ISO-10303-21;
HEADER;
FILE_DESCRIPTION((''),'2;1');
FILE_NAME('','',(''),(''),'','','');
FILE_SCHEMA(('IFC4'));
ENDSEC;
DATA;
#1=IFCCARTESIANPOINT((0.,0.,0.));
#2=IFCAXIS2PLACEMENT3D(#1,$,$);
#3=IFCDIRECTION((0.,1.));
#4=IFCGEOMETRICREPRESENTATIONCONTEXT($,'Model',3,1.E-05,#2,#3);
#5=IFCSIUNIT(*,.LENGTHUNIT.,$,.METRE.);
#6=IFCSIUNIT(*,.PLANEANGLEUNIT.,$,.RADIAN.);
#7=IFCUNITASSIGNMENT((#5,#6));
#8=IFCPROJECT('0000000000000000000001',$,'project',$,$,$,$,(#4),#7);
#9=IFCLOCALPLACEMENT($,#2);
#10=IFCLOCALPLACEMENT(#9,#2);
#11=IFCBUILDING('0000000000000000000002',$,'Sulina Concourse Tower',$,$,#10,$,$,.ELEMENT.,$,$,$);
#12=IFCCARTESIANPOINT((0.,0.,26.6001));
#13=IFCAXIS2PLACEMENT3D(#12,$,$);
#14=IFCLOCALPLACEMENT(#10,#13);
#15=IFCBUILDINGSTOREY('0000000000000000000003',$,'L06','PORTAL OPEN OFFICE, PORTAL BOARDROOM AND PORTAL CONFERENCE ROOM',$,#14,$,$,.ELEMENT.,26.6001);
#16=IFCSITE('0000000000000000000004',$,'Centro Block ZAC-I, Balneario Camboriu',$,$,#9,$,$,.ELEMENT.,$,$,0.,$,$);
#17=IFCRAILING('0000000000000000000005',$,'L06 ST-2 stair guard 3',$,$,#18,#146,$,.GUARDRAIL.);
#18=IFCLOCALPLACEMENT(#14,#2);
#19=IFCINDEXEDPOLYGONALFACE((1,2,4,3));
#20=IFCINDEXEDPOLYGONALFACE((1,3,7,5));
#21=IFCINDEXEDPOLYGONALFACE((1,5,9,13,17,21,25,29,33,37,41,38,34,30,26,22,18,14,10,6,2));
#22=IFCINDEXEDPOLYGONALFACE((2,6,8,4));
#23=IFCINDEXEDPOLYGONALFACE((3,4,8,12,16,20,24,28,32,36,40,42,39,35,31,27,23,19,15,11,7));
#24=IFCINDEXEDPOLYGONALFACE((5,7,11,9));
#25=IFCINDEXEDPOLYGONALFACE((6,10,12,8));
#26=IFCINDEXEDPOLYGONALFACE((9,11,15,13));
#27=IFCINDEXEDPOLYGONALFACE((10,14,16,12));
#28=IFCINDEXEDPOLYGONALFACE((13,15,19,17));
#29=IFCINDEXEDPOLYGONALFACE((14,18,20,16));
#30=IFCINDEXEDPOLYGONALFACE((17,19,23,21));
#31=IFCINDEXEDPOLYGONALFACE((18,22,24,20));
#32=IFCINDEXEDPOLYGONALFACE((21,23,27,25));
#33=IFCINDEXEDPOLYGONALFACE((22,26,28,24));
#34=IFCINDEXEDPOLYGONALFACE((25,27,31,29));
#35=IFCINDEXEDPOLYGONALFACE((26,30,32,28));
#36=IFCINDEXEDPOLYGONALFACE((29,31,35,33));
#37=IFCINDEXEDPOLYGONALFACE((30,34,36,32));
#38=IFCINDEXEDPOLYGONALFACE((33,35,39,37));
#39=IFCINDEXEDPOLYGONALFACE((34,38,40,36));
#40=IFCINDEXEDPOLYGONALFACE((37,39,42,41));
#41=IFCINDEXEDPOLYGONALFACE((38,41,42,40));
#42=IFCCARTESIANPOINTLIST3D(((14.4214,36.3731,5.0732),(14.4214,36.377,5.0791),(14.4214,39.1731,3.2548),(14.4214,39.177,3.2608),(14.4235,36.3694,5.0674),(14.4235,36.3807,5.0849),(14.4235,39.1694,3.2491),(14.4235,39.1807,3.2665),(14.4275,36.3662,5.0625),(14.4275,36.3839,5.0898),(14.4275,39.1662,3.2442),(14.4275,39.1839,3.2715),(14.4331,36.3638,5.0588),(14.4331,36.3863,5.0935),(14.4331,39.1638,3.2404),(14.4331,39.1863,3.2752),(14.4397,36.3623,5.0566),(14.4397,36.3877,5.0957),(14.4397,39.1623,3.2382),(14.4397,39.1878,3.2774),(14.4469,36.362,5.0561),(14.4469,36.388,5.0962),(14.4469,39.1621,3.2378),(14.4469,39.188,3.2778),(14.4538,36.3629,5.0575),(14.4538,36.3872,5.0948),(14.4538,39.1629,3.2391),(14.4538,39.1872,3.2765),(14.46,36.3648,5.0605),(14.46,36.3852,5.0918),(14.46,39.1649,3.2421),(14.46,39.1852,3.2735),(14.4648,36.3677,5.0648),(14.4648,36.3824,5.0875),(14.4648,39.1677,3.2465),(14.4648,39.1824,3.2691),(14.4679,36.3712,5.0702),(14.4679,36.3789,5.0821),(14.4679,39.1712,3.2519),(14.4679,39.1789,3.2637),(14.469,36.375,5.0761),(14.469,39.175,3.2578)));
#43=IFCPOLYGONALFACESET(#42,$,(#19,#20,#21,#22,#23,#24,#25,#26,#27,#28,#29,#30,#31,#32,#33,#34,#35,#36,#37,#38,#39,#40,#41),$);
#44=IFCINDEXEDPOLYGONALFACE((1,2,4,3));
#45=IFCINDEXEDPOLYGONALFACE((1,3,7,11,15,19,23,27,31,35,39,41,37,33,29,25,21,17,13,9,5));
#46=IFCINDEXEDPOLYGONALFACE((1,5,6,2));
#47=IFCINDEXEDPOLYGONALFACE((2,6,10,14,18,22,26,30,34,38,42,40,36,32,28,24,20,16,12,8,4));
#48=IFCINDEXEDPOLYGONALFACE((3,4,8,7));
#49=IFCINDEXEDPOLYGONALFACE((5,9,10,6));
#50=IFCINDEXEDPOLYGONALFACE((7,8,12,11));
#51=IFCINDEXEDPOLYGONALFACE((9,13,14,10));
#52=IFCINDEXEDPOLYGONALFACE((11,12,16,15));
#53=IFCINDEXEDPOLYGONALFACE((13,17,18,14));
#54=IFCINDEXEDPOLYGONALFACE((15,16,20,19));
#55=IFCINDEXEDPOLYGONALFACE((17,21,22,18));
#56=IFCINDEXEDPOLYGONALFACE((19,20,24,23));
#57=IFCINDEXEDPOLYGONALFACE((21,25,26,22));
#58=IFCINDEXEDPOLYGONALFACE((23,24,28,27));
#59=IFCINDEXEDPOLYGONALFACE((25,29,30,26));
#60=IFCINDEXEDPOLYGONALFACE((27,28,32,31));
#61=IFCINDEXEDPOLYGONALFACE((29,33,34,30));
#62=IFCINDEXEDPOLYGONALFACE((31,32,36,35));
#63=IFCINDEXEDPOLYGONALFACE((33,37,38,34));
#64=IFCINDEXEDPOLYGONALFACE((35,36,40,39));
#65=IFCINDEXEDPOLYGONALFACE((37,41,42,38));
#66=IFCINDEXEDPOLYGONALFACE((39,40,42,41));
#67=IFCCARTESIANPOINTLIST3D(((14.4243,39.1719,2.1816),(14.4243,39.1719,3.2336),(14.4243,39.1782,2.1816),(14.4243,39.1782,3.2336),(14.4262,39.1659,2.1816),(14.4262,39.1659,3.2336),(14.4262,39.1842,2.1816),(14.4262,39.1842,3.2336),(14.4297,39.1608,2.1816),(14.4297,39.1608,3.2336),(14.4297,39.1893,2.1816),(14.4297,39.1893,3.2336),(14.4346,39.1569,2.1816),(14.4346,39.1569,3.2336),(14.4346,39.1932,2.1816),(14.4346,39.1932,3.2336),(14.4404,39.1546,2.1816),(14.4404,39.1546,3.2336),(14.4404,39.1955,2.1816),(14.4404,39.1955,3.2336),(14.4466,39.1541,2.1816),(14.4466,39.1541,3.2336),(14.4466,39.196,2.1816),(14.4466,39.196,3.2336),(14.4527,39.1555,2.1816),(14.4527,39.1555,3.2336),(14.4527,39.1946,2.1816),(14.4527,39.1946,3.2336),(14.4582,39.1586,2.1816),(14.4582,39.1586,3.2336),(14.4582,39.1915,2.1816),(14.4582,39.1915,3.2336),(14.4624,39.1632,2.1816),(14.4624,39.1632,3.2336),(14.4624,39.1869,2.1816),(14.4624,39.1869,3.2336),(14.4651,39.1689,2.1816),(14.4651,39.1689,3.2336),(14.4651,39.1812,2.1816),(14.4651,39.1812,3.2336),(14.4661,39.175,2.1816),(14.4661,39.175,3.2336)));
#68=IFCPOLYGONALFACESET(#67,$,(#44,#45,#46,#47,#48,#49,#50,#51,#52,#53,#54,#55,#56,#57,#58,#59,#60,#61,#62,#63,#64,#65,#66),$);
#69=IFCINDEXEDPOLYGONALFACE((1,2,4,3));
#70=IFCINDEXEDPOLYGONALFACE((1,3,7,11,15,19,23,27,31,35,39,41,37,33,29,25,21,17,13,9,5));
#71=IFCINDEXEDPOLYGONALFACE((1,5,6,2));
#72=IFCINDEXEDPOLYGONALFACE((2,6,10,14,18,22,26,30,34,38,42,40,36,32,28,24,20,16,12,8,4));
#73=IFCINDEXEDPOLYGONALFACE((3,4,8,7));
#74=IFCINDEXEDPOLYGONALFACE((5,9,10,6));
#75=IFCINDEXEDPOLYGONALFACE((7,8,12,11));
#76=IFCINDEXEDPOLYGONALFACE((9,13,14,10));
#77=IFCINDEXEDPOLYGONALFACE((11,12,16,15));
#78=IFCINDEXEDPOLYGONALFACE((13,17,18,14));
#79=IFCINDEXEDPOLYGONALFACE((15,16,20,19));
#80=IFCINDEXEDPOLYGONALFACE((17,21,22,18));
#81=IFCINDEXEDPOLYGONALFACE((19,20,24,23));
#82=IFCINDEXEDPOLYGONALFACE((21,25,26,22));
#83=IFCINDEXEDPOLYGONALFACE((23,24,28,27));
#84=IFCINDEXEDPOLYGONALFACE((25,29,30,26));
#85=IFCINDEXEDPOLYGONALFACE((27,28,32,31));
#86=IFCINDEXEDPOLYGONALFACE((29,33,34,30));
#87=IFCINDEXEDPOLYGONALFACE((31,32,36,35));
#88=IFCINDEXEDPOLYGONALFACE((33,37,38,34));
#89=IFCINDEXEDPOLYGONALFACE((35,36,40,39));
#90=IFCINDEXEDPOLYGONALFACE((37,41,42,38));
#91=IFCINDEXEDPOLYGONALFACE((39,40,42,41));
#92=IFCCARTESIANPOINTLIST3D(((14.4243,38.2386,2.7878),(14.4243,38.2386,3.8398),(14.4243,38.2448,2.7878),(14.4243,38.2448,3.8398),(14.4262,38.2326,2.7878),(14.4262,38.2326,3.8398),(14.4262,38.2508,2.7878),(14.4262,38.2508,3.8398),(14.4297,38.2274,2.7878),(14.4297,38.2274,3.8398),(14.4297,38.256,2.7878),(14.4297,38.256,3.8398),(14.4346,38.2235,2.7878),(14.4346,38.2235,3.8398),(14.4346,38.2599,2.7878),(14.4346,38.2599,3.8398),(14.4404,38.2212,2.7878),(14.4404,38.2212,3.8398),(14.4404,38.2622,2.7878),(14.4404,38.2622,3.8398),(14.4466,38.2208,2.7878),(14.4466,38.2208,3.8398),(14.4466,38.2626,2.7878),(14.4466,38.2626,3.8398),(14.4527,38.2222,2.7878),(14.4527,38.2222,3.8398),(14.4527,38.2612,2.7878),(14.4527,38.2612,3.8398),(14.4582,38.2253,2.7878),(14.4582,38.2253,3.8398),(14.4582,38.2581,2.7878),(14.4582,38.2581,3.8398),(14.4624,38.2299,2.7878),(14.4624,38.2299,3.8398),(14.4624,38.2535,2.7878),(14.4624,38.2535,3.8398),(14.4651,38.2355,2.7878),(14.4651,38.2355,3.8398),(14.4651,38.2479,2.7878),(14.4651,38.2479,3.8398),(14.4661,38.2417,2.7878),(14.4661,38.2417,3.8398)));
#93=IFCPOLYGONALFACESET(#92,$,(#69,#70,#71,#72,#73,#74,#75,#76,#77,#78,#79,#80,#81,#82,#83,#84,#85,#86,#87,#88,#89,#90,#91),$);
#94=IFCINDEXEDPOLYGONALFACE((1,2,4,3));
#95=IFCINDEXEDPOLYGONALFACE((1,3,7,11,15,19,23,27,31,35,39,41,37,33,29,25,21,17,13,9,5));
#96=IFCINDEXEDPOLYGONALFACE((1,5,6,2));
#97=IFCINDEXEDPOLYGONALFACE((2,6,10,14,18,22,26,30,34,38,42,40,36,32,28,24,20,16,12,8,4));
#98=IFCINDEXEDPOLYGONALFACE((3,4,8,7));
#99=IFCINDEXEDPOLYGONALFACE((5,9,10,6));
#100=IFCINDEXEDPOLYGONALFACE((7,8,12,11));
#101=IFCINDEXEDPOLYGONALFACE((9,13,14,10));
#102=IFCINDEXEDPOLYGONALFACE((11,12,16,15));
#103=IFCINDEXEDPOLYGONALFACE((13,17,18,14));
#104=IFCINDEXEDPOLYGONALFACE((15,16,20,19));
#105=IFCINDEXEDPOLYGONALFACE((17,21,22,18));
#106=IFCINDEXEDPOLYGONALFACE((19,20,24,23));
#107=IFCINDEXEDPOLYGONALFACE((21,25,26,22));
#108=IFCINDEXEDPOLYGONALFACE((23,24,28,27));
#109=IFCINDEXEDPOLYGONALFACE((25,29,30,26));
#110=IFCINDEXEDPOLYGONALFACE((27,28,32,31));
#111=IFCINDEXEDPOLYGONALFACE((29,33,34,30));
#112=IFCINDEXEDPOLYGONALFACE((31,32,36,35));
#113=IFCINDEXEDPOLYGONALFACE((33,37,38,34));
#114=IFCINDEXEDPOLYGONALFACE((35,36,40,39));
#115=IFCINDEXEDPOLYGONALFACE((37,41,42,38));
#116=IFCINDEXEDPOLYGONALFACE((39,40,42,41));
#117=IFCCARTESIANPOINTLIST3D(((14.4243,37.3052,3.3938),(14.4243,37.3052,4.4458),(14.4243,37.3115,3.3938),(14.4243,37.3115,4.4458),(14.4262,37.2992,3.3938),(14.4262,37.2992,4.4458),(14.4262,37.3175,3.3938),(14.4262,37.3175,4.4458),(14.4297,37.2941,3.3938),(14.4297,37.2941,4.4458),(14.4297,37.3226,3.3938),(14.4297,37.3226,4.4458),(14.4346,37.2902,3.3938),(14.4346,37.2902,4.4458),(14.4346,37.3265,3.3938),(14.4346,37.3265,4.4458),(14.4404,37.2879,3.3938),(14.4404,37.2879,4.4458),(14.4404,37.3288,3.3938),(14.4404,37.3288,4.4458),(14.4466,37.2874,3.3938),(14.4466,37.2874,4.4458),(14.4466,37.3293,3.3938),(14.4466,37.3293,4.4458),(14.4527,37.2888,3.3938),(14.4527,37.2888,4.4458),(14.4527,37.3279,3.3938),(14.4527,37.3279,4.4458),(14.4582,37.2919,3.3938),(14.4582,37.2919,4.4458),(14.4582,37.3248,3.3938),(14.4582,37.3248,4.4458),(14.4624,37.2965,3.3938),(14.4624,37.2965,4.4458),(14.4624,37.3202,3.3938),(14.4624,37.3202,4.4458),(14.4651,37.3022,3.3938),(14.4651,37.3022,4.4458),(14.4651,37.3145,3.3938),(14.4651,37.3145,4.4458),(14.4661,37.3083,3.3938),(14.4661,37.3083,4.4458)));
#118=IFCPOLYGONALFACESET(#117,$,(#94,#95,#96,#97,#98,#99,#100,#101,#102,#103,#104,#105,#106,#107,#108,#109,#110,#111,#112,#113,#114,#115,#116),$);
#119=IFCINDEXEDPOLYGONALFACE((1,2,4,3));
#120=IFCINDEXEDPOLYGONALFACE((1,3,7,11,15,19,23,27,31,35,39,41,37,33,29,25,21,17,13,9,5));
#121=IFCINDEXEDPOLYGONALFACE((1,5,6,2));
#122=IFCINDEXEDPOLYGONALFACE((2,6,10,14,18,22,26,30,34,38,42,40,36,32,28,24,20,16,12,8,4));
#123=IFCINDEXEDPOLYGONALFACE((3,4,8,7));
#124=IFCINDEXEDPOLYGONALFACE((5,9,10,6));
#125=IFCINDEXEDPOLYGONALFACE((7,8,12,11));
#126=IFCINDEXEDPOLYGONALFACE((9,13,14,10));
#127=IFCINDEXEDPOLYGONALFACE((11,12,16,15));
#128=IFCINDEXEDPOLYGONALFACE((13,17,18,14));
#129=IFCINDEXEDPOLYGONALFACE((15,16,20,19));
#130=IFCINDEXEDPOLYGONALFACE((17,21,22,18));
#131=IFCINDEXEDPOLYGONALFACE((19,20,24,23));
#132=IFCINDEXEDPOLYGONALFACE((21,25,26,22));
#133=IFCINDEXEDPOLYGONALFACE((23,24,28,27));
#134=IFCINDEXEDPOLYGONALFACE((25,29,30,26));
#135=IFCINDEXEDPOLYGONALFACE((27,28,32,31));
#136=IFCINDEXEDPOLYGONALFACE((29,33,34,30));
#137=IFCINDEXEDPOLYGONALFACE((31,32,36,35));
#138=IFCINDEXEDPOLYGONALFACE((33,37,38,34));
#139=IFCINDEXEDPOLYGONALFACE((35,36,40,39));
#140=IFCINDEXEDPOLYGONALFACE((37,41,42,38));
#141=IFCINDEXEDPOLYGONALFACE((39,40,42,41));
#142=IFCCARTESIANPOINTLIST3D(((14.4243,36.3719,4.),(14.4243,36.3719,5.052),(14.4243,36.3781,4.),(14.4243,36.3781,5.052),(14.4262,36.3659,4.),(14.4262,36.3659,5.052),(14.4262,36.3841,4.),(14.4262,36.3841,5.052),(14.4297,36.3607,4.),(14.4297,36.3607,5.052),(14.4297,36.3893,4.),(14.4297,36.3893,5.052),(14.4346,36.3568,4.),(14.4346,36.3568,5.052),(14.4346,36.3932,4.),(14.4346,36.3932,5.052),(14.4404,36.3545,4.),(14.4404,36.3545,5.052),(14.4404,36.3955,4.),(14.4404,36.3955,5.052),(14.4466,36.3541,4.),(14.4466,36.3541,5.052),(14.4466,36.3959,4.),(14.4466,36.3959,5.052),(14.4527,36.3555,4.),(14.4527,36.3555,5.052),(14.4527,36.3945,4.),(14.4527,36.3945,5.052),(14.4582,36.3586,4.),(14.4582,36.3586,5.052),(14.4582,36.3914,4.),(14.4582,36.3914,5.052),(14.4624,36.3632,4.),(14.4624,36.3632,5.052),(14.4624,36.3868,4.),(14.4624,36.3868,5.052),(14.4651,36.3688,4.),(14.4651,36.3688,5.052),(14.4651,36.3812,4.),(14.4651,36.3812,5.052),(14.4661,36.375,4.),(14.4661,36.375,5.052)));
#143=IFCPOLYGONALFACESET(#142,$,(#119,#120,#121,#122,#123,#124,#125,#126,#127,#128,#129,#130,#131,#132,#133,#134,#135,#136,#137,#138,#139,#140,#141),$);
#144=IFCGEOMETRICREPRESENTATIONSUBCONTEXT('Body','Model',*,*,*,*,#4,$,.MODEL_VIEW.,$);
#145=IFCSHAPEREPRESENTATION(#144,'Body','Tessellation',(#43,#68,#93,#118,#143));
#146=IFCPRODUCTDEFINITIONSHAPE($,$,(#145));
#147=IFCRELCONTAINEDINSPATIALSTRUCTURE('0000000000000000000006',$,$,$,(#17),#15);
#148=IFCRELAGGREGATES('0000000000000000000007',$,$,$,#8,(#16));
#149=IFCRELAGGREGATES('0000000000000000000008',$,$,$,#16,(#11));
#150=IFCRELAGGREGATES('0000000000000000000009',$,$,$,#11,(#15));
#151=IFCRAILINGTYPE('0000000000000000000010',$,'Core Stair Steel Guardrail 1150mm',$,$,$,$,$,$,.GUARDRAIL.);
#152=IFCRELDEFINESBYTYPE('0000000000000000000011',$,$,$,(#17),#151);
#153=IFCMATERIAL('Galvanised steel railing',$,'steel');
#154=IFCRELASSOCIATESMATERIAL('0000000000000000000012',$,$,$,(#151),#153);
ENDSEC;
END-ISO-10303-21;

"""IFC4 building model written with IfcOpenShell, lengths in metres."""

from ifc_helpers import new_model, si_unit, direction, frame, origin, origin_2d, place, context, subcontext, project, spatial, circle, extrude, material, type_object, element, save


model = new_model("IFC4")

# Units and contexts
model_context = context("Model", 3, precision=1e-05, world=origin(), true_north=direction((0.0, 1.0)))
body_context = subcontext(model_context, "Body", "Model", "MODEL_VIEW")
ifc_project = project(units=[si_unit("LENGTHUNIT", "METRE"), si_unit("PLANEANGLEUNIT", "RADIAN")], contexts=[model_context])

# Site, building, storey
site_placement = place(None, origin())
site = spatial("IfcSite", under=ifc_project, at=site_placement, Name="Centro Block ZAC-I, Balneario Camboriu", CompositionType="ELEMENT", RefElevation=0.0)
building_placement = place(site_placement, origin())
building = spatial("IfcBuilding", under=site, at=building_placement, Name="Sulina Concourse Tower", CompositionType="ELEMENT")
storey_placement = place(building_placement, frame((0.0, 0.0, 26.6001)))
storey = spatial("IfcBuildingStorey", under=building, at=storey_placement, Name="L06", Description="PORTAL OPEN OFFICE, PORTAL BOARDROOM AND PORTAL CONFERENCE ROOM", CompositionType="ELEMENT", Elevation=26.6001)

# Railing
ifc_material_1 = material(Name="Galvanised steel railing", Category="steel")
railing_type_1 = type_object("IfcRailingType", Name="Core Stair Steel Guardrail 1150mm", PredefinedType="GUARDRAIL", material=ifc_material_1)
railing_1_placement = place(storey_placement, frame((14.4451, 39.175, 2.1816)))
element("IfcRailing", 1, at=railing_1_placement, inside=storey, type_object=railing_type_1, Name="L06 ST-2 stair guard 3", PredefinedType="GUARDRAIL", context=body_context, shape_type="SweptSolid", body=[
    extrude(circle(Radius=0.0239, at=origin_2d()), frame((0.0, 0.0, 1.0762), z_axis=(0.0, -0.838672, 0.544636), x_axis=(1.0, 0.0, 0.0)), (0.0, 0.0, 1.0), 3.3386),
    extrude(circle(Radius=0.021, at=origin_2d()), origin(), (0.0, 0.0, 1.0), 1.052),
    extrude(circle(Radius=0.021, at=origin_2d()), frame((0.0, -0.9333, 0.6062)), (0.0, 0.0, 1.0), 1.052),
    extrude(circle(Radius=0.021, at=origin_2d()), frame((0.0, -1.8667, 1.2122)), (0.0, 0.0, 1.0), 1.052),
    extrude(circle(Radius=0.021, at=origin_2d()), frame((0.0, -2.8, 1.8184)), (0.0, 0.0, 1.0), 1.052),
])

save(model, "model.ifc")
